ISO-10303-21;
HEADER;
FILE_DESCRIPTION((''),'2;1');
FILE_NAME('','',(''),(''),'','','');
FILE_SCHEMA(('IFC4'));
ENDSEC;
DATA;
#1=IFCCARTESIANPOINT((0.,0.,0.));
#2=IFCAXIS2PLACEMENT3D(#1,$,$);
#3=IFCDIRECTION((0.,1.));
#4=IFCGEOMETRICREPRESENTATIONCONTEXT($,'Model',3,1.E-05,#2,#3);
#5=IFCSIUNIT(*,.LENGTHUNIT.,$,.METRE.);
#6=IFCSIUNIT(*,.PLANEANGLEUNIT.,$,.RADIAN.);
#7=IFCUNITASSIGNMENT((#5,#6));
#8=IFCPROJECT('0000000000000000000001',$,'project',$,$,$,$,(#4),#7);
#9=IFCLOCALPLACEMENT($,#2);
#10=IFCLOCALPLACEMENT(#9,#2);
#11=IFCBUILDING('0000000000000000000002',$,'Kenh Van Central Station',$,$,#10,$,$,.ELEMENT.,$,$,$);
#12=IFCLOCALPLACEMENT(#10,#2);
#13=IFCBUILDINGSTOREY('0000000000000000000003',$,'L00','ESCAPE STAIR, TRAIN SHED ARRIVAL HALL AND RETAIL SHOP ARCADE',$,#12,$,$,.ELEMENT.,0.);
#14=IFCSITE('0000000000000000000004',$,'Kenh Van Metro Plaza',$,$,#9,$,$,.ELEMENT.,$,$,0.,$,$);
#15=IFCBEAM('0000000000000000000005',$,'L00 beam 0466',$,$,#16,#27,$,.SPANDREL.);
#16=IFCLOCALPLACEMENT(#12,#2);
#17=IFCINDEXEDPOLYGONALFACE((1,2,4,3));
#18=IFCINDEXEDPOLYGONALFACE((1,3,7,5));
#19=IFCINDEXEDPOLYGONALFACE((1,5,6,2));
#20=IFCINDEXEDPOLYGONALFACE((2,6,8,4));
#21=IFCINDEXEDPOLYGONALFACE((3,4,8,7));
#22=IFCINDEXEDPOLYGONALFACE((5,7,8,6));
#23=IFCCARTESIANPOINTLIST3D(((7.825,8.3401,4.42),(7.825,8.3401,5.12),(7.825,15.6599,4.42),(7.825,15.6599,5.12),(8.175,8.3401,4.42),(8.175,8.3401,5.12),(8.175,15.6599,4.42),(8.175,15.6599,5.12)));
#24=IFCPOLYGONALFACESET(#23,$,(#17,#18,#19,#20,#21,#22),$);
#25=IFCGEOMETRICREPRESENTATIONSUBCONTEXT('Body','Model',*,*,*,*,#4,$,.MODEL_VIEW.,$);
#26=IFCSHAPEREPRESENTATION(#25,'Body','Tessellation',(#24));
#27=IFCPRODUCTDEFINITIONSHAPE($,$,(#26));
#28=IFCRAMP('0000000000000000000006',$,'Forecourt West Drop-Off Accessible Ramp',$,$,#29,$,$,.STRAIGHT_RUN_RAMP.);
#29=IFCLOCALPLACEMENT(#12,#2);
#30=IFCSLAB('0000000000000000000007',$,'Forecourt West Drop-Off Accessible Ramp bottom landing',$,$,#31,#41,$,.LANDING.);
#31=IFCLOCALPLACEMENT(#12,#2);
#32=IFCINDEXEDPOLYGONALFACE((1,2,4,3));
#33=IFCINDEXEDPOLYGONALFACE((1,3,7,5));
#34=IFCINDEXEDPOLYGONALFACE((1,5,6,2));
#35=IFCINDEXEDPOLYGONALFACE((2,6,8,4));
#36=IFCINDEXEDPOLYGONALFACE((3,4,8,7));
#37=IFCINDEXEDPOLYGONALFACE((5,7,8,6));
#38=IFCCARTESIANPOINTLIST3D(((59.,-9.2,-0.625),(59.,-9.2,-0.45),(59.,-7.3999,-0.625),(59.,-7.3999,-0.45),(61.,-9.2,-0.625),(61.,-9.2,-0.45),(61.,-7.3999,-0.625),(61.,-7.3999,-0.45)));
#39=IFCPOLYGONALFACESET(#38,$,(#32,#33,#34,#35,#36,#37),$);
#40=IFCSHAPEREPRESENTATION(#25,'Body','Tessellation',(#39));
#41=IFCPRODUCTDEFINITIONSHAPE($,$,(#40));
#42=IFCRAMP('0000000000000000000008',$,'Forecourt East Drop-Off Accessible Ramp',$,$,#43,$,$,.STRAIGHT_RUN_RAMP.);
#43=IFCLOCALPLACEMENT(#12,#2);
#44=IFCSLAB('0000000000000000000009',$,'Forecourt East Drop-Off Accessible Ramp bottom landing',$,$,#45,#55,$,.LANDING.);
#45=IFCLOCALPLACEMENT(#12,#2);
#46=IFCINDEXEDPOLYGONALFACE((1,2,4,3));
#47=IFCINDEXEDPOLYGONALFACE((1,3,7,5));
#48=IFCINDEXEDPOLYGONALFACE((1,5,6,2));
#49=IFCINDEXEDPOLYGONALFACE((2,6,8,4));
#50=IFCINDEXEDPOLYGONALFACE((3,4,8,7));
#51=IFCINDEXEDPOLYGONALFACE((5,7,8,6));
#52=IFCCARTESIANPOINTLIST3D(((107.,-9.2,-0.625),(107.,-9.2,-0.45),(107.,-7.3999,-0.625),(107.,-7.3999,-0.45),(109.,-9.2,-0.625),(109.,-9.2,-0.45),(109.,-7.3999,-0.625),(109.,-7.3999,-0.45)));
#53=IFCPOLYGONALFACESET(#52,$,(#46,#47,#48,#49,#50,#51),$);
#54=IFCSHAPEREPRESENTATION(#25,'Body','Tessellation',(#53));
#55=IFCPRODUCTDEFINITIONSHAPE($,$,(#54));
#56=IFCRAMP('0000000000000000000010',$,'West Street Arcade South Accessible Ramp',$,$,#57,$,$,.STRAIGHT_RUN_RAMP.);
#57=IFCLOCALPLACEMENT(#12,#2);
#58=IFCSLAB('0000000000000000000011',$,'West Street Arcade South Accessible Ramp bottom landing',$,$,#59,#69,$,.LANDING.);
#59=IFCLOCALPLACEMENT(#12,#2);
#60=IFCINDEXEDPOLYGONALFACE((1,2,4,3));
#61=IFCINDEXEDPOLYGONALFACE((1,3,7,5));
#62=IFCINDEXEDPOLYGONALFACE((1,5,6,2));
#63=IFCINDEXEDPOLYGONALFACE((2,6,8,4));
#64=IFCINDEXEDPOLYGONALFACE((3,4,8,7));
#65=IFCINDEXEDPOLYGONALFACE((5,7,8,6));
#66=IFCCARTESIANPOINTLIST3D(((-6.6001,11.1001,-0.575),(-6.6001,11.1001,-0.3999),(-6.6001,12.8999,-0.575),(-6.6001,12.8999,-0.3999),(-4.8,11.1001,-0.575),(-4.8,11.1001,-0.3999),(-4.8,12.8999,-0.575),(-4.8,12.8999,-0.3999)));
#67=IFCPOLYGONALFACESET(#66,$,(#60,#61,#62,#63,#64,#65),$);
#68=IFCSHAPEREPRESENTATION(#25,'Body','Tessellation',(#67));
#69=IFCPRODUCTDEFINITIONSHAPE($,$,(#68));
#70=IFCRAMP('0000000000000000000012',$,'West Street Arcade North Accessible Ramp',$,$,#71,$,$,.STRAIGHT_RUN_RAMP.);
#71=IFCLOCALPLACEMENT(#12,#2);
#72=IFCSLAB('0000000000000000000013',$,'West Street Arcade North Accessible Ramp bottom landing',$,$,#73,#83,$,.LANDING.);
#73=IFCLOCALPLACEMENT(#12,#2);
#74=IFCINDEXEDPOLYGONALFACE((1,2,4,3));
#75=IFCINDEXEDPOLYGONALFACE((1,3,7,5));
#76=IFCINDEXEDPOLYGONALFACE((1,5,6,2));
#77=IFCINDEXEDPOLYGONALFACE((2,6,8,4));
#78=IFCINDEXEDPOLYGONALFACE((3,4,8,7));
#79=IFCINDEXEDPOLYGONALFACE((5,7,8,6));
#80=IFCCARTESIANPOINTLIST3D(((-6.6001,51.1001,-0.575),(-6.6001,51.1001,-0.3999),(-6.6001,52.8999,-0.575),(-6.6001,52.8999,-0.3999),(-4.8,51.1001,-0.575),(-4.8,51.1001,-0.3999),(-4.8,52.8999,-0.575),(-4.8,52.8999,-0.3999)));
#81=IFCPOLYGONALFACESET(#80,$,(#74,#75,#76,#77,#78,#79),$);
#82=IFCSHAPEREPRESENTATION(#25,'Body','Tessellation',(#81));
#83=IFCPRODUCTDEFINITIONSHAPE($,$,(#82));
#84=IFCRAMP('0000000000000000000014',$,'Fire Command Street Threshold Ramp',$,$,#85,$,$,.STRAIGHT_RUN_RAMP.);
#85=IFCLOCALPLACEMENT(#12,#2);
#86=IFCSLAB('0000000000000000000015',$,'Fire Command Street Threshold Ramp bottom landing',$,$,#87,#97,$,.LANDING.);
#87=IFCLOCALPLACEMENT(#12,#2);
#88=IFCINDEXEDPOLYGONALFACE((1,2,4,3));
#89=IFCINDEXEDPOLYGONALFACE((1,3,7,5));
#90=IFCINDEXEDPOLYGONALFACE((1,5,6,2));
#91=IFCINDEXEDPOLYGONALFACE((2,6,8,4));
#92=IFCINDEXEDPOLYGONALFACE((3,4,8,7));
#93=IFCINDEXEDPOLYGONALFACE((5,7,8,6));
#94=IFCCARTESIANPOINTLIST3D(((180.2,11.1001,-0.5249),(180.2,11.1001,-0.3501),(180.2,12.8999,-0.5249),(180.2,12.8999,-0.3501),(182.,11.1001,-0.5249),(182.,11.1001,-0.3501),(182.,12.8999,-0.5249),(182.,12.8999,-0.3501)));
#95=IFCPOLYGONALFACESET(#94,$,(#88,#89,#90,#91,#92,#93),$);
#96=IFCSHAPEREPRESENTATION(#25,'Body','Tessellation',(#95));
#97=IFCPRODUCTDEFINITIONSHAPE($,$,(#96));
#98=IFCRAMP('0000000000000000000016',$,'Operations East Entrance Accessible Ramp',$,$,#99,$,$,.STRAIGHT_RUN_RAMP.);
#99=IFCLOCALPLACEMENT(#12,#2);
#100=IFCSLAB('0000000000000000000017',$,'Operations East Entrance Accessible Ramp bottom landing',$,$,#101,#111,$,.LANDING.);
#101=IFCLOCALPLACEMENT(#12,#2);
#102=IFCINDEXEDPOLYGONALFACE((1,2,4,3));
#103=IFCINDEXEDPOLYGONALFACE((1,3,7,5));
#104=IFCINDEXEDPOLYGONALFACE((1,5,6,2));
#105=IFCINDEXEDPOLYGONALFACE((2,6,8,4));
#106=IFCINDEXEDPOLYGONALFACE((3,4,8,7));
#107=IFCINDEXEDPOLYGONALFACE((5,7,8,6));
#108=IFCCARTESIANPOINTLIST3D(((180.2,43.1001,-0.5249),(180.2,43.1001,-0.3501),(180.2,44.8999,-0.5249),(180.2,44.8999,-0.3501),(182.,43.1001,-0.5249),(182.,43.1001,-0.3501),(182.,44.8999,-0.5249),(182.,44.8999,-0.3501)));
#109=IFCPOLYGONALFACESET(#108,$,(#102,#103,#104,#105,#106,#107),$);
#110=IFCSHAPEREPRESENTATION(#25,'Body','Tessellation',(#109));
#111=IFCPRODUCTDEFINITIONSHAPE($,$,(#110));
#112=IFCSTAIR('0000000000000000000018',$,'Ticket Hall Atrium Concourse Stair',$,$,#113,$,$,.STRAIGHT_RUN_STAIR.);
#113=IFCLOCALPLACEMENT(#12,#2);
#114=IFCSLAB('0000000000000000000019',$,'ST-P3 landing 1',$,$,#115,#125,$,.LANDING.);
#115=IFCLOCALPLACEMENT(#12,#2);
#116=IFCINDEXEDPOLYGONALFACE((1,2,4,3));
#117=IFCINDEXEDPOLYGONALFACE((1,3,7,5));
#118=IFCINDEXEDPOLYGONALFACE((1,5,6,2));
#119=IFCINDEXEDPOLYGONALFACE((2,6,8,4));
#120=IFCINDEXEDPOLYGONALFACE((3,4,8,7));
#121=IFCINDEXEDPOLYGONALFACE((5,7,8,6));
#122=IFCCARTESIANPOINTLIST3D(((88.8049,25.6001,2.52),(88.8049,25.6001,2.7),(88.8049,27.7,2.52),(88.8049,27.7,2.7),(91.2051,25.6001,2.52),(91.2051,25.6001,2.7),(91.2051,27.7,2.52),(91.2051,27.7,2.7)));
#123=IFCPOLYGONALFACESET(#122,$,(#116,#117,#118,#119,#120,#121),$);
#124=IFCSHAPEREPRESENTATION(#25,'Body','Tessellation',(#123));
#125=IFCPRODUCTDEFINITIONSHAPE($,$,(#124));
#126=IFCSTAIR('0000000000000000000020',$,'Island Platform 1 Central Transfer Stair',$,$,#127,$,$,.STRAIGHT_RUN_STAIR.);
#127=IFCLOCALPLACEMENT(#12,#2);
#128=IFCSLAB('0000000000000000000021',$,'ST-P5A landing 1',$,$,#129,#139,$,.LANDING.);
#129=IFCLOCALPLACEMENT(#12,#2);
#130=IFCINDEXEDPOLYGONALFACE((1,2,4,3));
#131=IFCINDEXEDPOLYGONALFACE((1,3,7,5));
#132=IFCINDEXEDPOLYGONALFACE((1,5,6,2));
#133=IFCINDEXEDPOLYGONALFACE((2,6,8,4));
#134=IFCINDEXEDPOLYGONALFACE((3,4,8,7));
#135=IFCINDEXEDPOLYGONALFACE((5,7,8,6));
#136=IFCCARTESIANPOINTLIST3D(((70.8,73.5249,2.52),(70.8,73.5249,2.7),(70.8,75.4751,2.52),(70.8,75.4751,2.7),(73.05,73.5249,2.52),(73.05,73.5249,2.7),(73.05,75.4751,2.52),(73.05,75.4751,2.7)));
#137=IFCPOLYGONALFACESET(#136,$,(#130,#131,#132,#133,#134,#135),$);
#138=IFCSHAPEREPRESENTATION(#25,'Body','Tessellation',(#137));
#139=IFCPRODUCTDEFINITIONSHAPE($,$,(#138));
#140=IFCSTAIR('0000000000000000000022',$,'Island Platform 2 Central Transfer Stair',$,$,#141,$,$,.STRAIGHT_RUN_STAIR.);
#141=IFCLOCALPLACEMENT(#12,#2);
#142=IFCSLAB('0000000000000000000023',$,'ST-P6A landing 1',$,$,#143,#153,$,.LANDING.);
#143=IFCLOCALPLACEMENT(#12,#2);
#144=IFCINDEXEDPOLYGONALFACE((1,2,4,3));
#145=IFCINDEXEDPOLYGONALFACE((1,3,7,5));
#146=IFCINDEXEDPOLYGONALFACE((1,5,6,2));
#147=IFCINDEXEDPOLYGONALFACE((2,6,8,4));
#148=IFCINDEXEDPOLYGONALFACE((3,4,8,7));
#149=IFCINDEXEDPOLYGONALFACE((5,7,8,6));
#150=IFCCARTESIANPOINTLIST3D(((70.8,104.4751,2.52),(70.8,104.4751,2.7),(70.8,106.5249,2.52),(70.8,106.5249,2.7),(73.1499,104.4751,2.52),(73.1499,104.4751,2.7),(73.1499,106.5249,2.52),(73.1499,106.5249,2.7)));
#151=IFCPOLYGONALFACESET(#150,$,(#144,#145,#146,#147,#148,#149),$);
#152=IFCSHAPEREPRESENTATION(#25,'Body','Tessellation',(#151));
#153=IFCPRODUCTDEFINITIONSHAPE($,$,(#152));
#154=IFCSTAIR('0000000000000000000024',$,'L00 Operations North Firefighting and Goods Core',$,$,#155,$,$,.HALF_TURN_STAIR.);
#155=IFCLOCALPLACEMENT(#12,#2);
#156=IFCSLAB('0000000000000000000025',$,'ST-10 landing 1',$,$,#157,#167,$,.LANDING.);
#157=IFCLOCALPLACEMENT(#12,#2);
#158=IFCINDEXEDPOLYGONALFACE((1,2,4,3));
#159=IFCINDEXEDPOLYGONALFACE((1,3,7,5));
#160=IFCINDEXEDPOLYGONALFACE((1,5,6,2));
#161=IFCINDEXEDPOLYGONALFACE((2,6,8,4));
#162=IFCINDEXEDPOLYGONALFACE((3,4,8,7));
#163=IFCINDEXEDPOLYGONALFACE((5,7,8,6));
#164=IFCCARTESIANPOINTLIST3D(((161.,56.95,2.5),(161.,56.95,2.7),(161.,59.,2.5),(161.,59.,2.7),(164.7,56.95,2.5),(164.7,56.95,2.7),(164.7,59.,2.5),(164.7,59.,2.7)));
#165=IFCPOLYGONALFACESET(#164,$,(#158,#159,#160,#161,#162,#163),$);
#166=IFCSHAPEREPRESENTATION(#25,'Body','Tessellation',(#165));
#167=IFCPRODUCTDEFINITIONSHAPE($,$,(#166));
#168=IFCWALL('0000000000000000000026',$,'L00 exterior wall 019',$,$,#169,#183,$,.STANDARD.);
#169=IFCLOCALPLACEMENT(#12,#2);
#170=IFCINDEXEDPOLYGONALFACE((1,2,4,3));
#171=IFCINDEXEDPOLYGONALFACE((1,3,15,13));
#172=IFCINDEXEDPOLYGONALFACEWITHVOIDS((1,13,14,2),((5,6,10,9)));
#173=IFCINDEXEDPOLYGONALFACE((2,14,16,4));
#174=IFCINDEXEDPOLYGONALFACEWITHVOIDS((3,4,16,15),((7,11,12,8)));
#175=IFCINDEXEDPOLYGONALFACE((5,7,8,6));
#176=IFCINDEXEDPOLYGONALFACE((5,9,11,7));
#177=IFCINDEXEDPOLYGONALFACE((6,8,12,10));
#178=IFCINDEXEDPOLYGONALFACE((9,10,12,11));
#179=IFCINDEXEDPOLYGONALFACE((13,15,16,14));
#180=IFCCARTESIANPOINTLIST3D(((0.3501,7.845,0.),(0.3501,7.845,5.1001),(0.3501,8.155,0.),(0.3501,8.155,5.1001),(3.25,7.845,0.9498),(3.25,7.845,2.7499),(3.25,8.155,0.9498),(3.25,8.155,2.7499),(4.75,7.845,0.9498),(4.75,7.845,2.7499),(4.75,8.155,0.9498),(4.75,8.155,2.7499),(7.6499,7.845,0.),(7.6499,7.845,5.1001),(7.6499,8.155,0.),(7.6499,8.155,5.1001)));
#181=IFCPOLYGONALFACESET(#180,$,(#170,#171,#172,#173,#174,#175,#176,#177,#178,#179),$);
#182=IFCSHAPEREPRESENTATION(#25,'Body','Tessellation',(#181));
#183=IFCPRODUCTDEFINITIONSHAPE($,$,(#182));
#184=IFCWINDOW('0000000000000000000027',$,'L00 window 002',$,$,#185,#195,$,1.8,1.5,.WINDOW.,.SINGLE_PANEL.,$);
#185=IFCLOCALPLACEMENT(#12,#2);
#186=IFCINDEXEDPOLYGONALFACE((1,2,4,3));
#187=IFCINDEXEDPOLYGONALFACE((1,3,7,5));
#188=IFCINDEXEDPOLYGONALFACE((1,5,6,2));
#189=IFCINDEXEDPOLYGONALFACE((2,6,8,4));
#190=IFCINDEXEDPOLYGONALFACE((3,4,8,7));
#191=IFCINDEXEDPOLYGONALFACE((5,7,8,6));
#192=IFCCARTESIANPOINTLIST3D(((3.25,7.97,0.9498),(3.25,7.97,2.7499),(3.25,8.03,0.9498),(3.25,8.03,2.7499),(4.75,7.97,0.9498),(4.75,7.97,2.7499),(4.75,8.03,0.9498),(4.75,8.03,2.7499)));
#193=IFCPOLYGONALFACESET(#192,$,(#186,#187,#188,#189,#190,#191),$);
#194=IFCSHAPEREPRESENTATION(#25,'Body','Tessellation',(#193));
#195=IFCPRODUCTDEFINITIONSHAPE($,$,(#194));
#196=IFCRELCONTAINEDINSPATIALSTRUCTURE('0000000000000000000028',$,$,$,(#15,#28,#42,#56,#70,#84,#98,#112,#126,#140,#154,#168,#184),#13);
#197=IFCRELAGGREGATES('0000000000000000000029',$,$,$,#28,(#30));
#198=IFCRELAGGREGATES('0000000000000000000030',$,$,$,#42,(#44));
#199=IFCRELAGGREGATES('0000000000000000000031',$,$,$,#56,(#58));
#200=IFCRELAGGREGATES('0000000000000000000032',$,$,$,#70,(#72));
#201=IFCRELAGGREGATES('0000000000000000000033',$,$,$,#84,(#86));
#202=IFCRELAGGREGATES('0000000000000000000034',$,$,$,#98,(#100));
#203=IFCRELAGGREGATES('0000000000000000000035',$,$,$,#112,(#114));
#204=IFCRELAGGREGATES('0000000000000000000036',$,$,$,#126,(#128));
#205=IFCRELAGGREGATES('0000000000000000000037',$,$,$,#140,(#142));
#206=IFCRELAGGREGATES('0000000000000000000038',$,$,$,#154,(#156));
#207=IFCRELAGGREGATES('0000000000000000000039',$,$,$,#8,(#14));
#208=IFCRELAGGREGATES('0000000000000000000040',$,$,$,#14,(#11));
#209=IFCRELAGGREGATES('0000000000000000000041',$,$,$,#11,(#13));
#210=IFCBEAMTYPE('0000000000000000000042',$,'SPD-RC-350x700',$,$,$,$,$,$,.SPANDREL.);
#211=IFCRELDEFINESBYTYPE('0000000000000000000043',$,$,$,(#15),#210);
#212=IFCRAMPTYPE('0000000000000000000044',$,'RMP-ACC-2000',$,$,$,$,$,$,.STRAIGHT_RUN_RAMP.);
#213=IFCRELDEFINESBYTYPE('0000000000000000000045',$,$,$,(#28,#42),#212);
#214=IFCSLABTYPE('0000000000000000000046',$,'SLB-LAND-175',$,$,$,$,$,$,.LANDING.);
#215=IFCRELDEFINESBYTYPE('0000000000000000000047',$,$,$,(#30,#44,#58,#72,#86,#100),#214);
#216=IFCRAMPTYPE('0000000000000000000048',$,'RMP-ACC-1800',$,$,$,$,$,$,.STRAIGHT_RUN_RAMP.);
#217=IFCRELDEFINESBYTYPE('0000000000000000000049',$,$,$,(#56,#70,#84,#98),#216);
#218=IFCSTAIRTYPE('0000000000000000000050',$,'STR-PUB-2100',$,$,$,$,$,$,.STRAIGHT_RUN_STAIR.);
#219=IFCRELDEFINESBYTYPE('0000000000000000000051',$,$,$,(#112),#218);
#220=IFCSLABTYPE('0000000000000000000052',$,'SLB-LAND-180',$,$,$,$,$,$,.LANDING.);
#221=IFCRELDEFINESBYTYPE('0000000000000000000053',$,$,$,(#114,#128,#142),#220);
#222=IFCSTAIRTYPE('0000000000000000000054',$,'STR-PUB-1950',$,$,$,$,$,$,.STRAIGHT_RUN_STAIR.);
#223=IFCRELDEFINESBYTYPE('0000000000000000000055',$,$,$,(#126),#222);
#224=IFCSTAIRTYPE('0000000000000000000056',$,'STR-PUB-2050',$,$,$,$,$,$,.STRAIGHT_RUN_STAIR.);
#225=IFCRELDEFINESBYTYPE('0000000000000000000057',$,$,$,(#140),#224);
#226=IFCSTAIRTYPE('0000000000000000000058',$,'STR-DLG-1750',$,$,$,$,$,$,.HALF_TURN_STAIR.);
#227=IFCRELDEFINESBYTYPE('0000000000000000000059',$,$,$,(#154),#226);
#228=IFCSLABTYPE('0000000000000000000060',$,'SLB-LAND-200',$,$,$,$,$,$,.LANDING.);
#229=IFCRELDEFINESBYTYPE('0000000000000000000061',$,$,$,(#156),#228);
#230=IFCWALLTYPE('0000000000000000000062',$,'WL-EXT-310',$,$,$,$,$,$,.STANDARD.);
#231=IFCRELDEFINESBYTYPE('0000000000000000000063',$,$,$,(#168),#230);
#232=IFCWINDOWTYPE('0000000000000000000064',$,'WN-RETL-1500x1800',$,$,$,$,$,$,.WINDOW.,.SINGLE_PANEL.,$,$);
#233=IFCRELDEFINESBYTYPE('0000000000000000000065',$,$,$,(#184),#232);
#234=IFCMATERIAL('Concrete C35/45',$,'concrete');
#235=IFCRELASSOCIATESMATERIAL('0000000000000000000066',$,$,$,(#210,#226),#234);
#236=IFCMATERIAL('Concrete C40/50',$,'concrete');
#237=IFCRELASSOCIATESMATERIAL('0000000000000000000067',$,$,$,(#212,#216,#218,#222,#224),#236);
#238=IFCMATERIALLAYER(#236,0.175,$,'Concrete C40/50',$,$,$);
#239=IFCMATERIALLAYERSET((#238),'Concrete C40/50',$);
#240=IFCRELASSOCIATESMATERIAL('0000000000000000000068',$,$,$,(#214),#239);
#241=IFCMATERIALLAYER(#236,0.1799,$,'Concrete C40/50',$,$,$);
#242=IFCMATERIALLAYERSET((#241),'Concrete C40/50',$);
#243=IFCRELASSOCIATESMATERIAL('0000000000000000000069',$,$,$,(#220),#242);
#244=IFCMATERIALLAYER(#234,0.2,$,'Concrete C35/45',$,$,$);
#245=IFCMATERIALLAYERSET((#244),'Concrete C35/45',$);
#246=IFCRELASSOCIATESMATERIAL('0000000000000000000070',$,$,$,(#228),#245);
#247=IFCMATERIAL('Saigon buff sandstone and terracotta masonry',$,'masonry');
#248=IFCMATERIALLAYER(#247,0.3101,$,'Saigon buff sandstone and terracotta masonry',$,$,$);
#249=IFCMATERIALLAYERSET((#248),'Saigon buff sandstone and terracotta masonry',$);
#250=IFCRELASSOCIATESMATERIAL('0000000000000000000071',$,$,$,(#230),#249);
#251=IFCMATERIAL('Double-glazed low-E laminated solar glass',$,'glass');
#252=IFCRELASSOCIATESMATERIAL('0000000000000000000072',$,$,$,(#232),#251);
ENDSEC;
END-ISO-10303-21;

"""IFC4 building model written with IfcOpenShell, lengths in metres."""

from ifc_helpers import new_model, si_unit, direction, frame, frame_2d, origin, origin_2d, place, context, subcontext, project, spatial, polyline, rectangle, outline, extrude, material, layer, layer_set, material_profile, profile_set, type_object, element, fill, aggregate, save


model = new_model("IFC4")

# Units and contexts
model_context = context("Model", 3, precision=1e-05, world=origin(), true_north=direction((0.0, 1.0)))
body_context = subcontext(model_context, "Body", "Model", "MODEL_VIEW")
ifc_project = project(units=[si_unit("LENGTHUNIT", "METRE"), si_unit("PLANEANGLEUNIT", "RADIAN")], contexts=[model_context])

# Site, building, storey
site_placement = place(None, origin())
site = spatial("IfcSite", under=ifc_project, at=site_placement, Name="Kenh Van Metro Plaza", CompositionType="ELEMENT", RefElevation=0.0)
building_placement = place(site_placement, origin())
building = spatial("IfcBuilding", under=site, at=building_placement, Name="Kenh Van Central Station", CompositionType="ELEMENT")
storey_placement = place(building_placement, origin())
storey = spatial("IfcBuildingStorey", under=building, at=storey_placement, Name="L00", Description="ESCAPE STAIR, TRAIN SHED ARRIVAL HALL AND RETAIL SHOP ARCADE", CompositionType="ELEMENT", Elevation=0.0)

# Shared definitions
ifc_material_1 = material(Name="Concrete C40/50", Category="concrete")
ifc_material_2 = material(Name="Concrete C35/45", Category="concrete")

# Beam
ifc_material_profile_1 = material_profile(ifc_material_2, rectangle(XDim=0.3501, YDim=0.7, at=origin_2d()), Name="RC 350x700")
ifc_profile_set_1 = profile_set([ifc_material_profile_1], Name="Concrete C35/45")
beam_type_1 = type_object("IfcBeamType", Name="SPD-RC-350x700", PredefinedType="SPANDREL", material=ifc_profile_set_1)
beam_1_placement = place(storey_placement, frame((8.0, 8.3401, 4.77), z_axis=(0.0, 1.0, 0.0), x_axis=(-1.0, 0.0, 0.0)))
element("IfcBeam", 1, at=beam_1_placement, inside=storey, type_object=beam_type_1, Name="L00 beam 0466", PredefinedType="SPANDREL", context=body_context, shape_type="SweptSolid", body=[
    extrude(rectangle(XDim=0.3501, YDim=0.7, at=origin_2d()), origin(), (0.0, 0.0, 1.0), 7.3198),
])

# Ramps, slabs
ramp_type_1 = type_object("IfcRampType", Name="RMP-ACC-2000", PredefinedType="STRAIGHT_RUN_RAMP", material=ifc_material_1)
ramp_1_placement = place(storey_placement, origin())
ramp_1 = element("IfcRamp", 2, at=ramp_1_placement, inside=storey, type_object=ramp_type_1, Name="Forecourt West Drop-Off Accessible Ramp", PredefinedType="STRAIGHT_RUN_RAMP")
ifc_layer_1 = layer(ifc_material_1, 0.175, Name="Concrete C40/50")
ifc_layer_set_1 = layer_set([ifc_layer_1], Name="Concrete C40/50")
slab_type_1 = type_object("IfcSlabType", Name="SLB-LAND-175", PredefinedType="LANDING", material=ifc_layer_set_1)
slab_1_placement = place(storey_placement, frame((0.0, 0.0, -0.625)))
slab_1 = element("IfcSlab", 3, at=slab_1_placement, type_object=slab_type_1, Name="Forecourt West Drop-Off Accessible Ramp bottom landing", PredefinedType="LANDING", context=body_context, shape_type="SweptSolid", body=[
    extrude(outline(polyline([(61.0, -9.2), (61.0, -7.3999), (59.0, -7.3999), (59.0, -9.2), (61.0, -9.2)])), origin(), (0.0, 0.0, 1.0), 0.175),
])
aggregate(ramp_1, [slab_1])
ramp_2_placement = place(storey_placement, origin())
ramp_2 = element("IfcRamp", 4, at=ramp_2_placement, inside=storey, type_object=ramp_type_1, Name="Forecourt East Drop-Off Accessible Ramp", PredefinedType="STRAIGHT_RUN_RAMP")
slab_2_placement = place(storey_placement, frame((0.0, 0.0, -0.625)))
slab_2 = element("IfcSlab", 5, at=slab_2_placement, type_object=slab_type_1, Name="Forecourt East Drop-Off Accessible Ramp bottom landing", PredefinedType="LANDING", context=body_context, shape_type="SweptSolid", body=[
    extrude(outline(polyline([(109.0, -9.2), (109.0, -7.3999), (107.0, -7.3999), (107.0, -9.2), (109.0, -9.2)])), origin(), (0.0, 0.0, 1.0), 0.175),
])
aggregate(ramp_2, [slab_2])
ramp_type_2 = type_object("IfcRampType", Name="RMP-ACC-1800", PredefinedType="STRAIGHT_RUN_RAMP", material=ifc_material_1)
ramp_3_placement = place(storey_placement, origin())
ramp_3 = element("IfcRamp", 6, at=ramp_3_placement, inside=storey, type_object=ramp_type_2, Name="West Street Arcade South Accessible Ramp", PredefinedType="STRAIGHT_RUN_RAMP")
slab_3_placement = place(storey_placement, frame((0.0, 0.0, -0.575)))
slab_3 = element("IfcSlab", 7, at=slab_3_placement, type_object=slab_type_1, Name="West Street Arcade South Accessible Ramp bottom landing", PredefinedType="LANDING", context=body_context, shape_type="SweptSolid", body=[
    extrude(outline(polyline([(-6.6001, 11.1001), (-4.8, 11.1001), (-4.8, 12.8999), (-6.6001, 12.8999), (-6.6001, 11.1001)])), origin(), (0.0, 0.0, 1.0), 0.175),
])
aggregate(ramp_3, [slab_3])
ramp_4_placement = place(storey_placement, origin())
ramp_4 = element("IfcRamp", 8, at=ramp_4_placement, inside=storey, type_object=ramp_type_2, Name="West Street Arcade North Accessible Ramp", PredefinedType="STRAIGHT_RUN_RAMP")
slab_4_placement = place(storey_placement, frame((0.0, 0.0, -0.575)))
slab_4 = element("IfcSlab", 9, at=slab_4_placement, type_object=slab_type_1, Name="West Street Arcade North Accessible Ramp bottom landing", PredefinedType="LANDING", context=body_context, shape_type="SweptSolid", body=[
    extrude(outline(polyline([(-6.6001, 51.1001), (-4.8, 51.1001), (-4.8, 52.8999), (-6.6001, 52.8999), (-6.6001, 51.1001)])), origin(), (0.0, 0.0, 1.0), 0.175),
])
aggregate(ramp_4, [slab_4])
ramp_5_placement = place(storey_placement, origin())
ramp_5 = element("IfcRamp", 10, at=ramp_5_placement, inside=storey, type_object=ramp_type_2, Name="Fire Command Street Threshold Ramp", PredefinedType="STRAIGHT_RUN_RAMP")
slab_5_placement = place(storey_placement, frame((0.0, 0.0, -0.5249)))
slab_5 = element("IfcSlab", 11, at=slab_5_placement, type_object=slab_type_1, Name="Fire Command Street Threshold Ramp bottom landing", PredefinedType="LANDING", context=body_context, shape_type="SweptSolid", body=[
    extrude(outline(polyline([(182.0, 12.8999), (180.2, 12.8999), (180.2, 11.1001), (182.0, 11.1001), (182.0, 12.8999)])), origin(), (0.0, 0.0, 1.0), 0.1748),
])
aggregate(ramp_5, [slab_5])
ramp_6_placement = place(storey_placement, origin())
ramp_6 = element("IfcRamp", 12, at=ramp_6_placement, inside=storey, type_object=ramp_type_2, Name="Operations East Entrance Accessible Ramp", PredefinedType="STRAIGHT_RUN_RAMP")
slab_6_placement = place(storey_placement, frame((0.0, 0.0, -0.5249)))
slab_6 = element("IfcSlab", 13, at=slab_6_placement, type_object=slab_type_1, Name="Operations East Entrance Accessible Ramp bottom landing", PredefinedType="LANDING", context=body_context, shape_type="SweptSolid", body=[
    extrude(outline(polyline([(182.0, 44.8999), (180.2, 44.8999), (180.2, 43.1001), (182.0, 43.1001), (182.0, 44.8999)])), origin(), (0.0, 0.0, 1.0), 0.1748),
])
aggregate(ramp_6, [slab_6])

# Stairs, slabs
stair_type_1 = type_object("IfcStairType", Name="STR-PUB-2100", PredefinedType="STRAIGHT_RUN_STAIR", material=ifc_material_1)
stair_1_placement = place(storey_placement, origin())
stair_1 = element("IfcStair", 14, at=stair_1_placement, inside=storey, type_object=stair_type_1, Name="Ticket Hall Atrium Concourse Stair", PredefinedType="STRAIGHT_RUN_STAIR")
ifc_layer_2 = layer(ifc_material_1, 0.1799, Name="Concrete C40/50")
ifc_layer_set_2 = layer_set([ifc_layer_2], Name="Concrete C40/50")
slab_type_2 = type_object("IfcSlabType", Name="SLB-LAND-180", PredefinedType="LANDING", material=ifc_layer_set_2)
slab_7_placement = place(storey_placement, frame((0.0, 0.0, 2.52)))
slab_7 = element("IfcSlab", 15, at=slab_7_placement, type_object=slab_type_2, Name="ST-P3 landing 1", PredefinedType="LANDING", context=body_context, shape_type="SweptSolid", body=[
    extrude(outline(polyline([(88.8049, 25.6001), (91.2051, 25.6001), (91.2051, 27.7), (88.8049, 27.7), (88.8049, 25.6001)])), origin(), (0.0, 0.0, 1.0), 0.1799),
])
aggregate(stair_1, [slab_7])
stair_type_2 = type_object("IfcStairType", Name="STR-PUB-1950", PredefinedType="STRAIGHT_RUN_STAIR", material=ifc_material_1)
stair_2_placement = place(storey_placement, origin())
stair_2 = element("IfcStair", 16, at=stair_2_placement, inside=storey, type_object=stair_type_2, Name="Island Platform 1 Central Transfer Stair", PredefinedType="STRAIGHT_RUN_STAIR")
slab_8_placement = place(storey_placement, frame((0.0, 0.0, 2.52)))
slab_8 = element("IfcSlab", 17, at=slab_8_placement, type_object=slab_type_2, Name="ST-P5A landing 1", PredefinedType="LANDING", context=body_context, shape_type="SweptSolid", body=[
    extrude(outline(polyline([(70.8, 73.5249), (73.05, 73.5249), (73.05, 75.4751), (70.8, 75.4751), (70.8, 73.5249)])), origin(), (0.0, 0.0, 1.0), 0.1799),
])
aggregate(stair_2, [slab_8])
stair_type_3 = type_object("IfcStairType", Name="STR-PUB-2050", PredefinedType="STRAIGHT_RUN_STAIR", material=ifc_material_1)
stair_3_placement = place(storey_placement, origin())
stair_3 = element("IfcStair", 18, at=stair_3_placement, inside=storey, type_object=stair_type_3, Name="Island Platform 2 Central Transfer Stair", PredefinedType="STRAIGHT_RUN_STAIR")
slab_9_placement = place(storey_placement, frame((0.0, 0.0, 2.52)))
slab_9 = element("IfcSlab", 19, at=slab_9_placement, type_object=slab_type_2, Name="ST-P6A landing 1", PredefinedType="LANDING", context=body_context, shape_type="SweptSolid", body=[
    extrude(outline(polyline([(70.8, 104.4751), (73.1499, 104.4751), (73.1499, 106.5249), (70.8, 106.5249), (70.8, 104.4751)])), origin(), (0.0, 0.0, 1.0), 0.1799),
])
aggregate(stair_3, [slab_9])
stair_type_4 = type_object("IfcStairType", Name="STR-DLG-1750", PredefinedType="HALF_TURN_STAIR", material=ifc_material_2)
stair_4_placement = place(storey_placement, origin())
stair_4 = element("IfcStair", 20, at=stair_4_placement, inside=storey, type_object=stair_type_4, Name="L00 Operations North Firefighting and Goods Core", PredefinedType="HALF_TURN_STAIR")
ifc_layer_3 = layer(ifc_material_2, 0.2, Name="Concrete C35/45")
ifc_layer_set_3 = layer_set([ifc_layer_3], Name="Concrete C35/45")
slab_type_3 = type_object("IfcSlabType", Name="SLB-LAND-200", PredefinedType="LANDING", material=ifc_layer_set_3)
slab_10_placement = place(storey_placement, frame((0.0, 0.0, 2.5)))
slab_10 = element("IfcSlab", 21, at=slab_10_placement, type_object=slab_type_3, Name="ST-10 landing 1", PredefinedType="LANDING", context=body_context, shape_type="SweptSolid", body=[
    extrude(outline(polyline([(164.7, 56.95), (164.7, 59.0), (161.0, 59.0), (161.0, 56.95), (164.7, 56.95)])), origin(), (0.0, 0.0, 1.0), 0.2),
])
aggregate(stair_4, [slab_10])

# Shared definitions
ifc_material_3 = material(Name="Saigon buff sandstone and terracotta masonry", Category="masonry")

# Wall, opening, window
ifc_layer_4 = layer(ifc_material_3, 0.3101, Name="Saigon buff sandstone and terracotta masonry")
ifc_layer_set_4 = layer_set([ifc_layer_4], Name="Saigon buff sandstone and terracotta masonry")
wall_type_1 = type_object("IfcWallType", Name="WL-EXT-310", PredefinedType="STANDARD", material=ifc_layer_set_4)
wall_1_placement = place(storey_placement, frame((0.3501, 8.0, 0.0), z_axis=(0.0, 0.0, 1.0), x_axis=(1.0, 0.0, 0.0)))
wall_1 = element("IfcWall", 22, at=wall_1_placement, inside=storey, type_object=wall_type_1, Name="L00 exterior wall 019", PredefinedType="STANDARD", context=body_context, shape_type="SweptSolid", body=[
    extrude(rectangle(XDim=7.2998, YDim=0.3101, at=frame_2d((3.6499, 0.0))), origin(), (0.0, 0.0, 1.0), 5.1001),
])
opening_1_placement = place(wall_1_placement, frame((2.8999, 0.0, 0.95)))
opening_1 = element("IfcOpeningElement", 23, at=opening_1_placement, cuts=wall_1, PredefinedType="OPENING", context=body_context, shape_type="SweptSolid", body=[
    extrude(rectangle(XDim=1.5, YDim=1.8, at=frame_2d((0.75, 0.8999))), frame((0.0, 0.165, 0.0), z_axis=(0.0, -1.0, 0.0), x_axis=(1.0, 0.0, 0.0)), (0.0, 0.0, 1.0), 0.3301),
])
ifc_material_4 = material(Name="Double-glazed low-E laminated solar glass", Category="glass")
window_type_1 = type_object("IfcWindowType", Name="WN-RETL-1500x1800", PartitioningType="SINGLE_PANEL", PredefinedType="WINDOW", material=ifc_material_4)
window_1_placement = place(opening_1_placement, origin())
window_1 = element("IfcWindow", 24, at=window_1_placement, inside=storey, type_object=window_type_1, Name="L00 window 002", OverallHeight=1.8, OverallWidth=1.5, PartitioningType="SINGLE_PANEL", PredefinedType="WINDOW", context=body_context, shape_type="SweptSolid", body=[
    extrude(rectangle(XDim=1.5, YDim=1.8, at=frame_2d((0.75, 0.8999))), frame((0.0, 0.03, 0.0), z_axis=(0.0, -1.0, 0.0), x_axis=(1.0, 0.0, 0.0)), (0.0, 0.0, 1.0), 0.0601),
])
fill(opening_1, window_1)

save(model, "model.ifc")
